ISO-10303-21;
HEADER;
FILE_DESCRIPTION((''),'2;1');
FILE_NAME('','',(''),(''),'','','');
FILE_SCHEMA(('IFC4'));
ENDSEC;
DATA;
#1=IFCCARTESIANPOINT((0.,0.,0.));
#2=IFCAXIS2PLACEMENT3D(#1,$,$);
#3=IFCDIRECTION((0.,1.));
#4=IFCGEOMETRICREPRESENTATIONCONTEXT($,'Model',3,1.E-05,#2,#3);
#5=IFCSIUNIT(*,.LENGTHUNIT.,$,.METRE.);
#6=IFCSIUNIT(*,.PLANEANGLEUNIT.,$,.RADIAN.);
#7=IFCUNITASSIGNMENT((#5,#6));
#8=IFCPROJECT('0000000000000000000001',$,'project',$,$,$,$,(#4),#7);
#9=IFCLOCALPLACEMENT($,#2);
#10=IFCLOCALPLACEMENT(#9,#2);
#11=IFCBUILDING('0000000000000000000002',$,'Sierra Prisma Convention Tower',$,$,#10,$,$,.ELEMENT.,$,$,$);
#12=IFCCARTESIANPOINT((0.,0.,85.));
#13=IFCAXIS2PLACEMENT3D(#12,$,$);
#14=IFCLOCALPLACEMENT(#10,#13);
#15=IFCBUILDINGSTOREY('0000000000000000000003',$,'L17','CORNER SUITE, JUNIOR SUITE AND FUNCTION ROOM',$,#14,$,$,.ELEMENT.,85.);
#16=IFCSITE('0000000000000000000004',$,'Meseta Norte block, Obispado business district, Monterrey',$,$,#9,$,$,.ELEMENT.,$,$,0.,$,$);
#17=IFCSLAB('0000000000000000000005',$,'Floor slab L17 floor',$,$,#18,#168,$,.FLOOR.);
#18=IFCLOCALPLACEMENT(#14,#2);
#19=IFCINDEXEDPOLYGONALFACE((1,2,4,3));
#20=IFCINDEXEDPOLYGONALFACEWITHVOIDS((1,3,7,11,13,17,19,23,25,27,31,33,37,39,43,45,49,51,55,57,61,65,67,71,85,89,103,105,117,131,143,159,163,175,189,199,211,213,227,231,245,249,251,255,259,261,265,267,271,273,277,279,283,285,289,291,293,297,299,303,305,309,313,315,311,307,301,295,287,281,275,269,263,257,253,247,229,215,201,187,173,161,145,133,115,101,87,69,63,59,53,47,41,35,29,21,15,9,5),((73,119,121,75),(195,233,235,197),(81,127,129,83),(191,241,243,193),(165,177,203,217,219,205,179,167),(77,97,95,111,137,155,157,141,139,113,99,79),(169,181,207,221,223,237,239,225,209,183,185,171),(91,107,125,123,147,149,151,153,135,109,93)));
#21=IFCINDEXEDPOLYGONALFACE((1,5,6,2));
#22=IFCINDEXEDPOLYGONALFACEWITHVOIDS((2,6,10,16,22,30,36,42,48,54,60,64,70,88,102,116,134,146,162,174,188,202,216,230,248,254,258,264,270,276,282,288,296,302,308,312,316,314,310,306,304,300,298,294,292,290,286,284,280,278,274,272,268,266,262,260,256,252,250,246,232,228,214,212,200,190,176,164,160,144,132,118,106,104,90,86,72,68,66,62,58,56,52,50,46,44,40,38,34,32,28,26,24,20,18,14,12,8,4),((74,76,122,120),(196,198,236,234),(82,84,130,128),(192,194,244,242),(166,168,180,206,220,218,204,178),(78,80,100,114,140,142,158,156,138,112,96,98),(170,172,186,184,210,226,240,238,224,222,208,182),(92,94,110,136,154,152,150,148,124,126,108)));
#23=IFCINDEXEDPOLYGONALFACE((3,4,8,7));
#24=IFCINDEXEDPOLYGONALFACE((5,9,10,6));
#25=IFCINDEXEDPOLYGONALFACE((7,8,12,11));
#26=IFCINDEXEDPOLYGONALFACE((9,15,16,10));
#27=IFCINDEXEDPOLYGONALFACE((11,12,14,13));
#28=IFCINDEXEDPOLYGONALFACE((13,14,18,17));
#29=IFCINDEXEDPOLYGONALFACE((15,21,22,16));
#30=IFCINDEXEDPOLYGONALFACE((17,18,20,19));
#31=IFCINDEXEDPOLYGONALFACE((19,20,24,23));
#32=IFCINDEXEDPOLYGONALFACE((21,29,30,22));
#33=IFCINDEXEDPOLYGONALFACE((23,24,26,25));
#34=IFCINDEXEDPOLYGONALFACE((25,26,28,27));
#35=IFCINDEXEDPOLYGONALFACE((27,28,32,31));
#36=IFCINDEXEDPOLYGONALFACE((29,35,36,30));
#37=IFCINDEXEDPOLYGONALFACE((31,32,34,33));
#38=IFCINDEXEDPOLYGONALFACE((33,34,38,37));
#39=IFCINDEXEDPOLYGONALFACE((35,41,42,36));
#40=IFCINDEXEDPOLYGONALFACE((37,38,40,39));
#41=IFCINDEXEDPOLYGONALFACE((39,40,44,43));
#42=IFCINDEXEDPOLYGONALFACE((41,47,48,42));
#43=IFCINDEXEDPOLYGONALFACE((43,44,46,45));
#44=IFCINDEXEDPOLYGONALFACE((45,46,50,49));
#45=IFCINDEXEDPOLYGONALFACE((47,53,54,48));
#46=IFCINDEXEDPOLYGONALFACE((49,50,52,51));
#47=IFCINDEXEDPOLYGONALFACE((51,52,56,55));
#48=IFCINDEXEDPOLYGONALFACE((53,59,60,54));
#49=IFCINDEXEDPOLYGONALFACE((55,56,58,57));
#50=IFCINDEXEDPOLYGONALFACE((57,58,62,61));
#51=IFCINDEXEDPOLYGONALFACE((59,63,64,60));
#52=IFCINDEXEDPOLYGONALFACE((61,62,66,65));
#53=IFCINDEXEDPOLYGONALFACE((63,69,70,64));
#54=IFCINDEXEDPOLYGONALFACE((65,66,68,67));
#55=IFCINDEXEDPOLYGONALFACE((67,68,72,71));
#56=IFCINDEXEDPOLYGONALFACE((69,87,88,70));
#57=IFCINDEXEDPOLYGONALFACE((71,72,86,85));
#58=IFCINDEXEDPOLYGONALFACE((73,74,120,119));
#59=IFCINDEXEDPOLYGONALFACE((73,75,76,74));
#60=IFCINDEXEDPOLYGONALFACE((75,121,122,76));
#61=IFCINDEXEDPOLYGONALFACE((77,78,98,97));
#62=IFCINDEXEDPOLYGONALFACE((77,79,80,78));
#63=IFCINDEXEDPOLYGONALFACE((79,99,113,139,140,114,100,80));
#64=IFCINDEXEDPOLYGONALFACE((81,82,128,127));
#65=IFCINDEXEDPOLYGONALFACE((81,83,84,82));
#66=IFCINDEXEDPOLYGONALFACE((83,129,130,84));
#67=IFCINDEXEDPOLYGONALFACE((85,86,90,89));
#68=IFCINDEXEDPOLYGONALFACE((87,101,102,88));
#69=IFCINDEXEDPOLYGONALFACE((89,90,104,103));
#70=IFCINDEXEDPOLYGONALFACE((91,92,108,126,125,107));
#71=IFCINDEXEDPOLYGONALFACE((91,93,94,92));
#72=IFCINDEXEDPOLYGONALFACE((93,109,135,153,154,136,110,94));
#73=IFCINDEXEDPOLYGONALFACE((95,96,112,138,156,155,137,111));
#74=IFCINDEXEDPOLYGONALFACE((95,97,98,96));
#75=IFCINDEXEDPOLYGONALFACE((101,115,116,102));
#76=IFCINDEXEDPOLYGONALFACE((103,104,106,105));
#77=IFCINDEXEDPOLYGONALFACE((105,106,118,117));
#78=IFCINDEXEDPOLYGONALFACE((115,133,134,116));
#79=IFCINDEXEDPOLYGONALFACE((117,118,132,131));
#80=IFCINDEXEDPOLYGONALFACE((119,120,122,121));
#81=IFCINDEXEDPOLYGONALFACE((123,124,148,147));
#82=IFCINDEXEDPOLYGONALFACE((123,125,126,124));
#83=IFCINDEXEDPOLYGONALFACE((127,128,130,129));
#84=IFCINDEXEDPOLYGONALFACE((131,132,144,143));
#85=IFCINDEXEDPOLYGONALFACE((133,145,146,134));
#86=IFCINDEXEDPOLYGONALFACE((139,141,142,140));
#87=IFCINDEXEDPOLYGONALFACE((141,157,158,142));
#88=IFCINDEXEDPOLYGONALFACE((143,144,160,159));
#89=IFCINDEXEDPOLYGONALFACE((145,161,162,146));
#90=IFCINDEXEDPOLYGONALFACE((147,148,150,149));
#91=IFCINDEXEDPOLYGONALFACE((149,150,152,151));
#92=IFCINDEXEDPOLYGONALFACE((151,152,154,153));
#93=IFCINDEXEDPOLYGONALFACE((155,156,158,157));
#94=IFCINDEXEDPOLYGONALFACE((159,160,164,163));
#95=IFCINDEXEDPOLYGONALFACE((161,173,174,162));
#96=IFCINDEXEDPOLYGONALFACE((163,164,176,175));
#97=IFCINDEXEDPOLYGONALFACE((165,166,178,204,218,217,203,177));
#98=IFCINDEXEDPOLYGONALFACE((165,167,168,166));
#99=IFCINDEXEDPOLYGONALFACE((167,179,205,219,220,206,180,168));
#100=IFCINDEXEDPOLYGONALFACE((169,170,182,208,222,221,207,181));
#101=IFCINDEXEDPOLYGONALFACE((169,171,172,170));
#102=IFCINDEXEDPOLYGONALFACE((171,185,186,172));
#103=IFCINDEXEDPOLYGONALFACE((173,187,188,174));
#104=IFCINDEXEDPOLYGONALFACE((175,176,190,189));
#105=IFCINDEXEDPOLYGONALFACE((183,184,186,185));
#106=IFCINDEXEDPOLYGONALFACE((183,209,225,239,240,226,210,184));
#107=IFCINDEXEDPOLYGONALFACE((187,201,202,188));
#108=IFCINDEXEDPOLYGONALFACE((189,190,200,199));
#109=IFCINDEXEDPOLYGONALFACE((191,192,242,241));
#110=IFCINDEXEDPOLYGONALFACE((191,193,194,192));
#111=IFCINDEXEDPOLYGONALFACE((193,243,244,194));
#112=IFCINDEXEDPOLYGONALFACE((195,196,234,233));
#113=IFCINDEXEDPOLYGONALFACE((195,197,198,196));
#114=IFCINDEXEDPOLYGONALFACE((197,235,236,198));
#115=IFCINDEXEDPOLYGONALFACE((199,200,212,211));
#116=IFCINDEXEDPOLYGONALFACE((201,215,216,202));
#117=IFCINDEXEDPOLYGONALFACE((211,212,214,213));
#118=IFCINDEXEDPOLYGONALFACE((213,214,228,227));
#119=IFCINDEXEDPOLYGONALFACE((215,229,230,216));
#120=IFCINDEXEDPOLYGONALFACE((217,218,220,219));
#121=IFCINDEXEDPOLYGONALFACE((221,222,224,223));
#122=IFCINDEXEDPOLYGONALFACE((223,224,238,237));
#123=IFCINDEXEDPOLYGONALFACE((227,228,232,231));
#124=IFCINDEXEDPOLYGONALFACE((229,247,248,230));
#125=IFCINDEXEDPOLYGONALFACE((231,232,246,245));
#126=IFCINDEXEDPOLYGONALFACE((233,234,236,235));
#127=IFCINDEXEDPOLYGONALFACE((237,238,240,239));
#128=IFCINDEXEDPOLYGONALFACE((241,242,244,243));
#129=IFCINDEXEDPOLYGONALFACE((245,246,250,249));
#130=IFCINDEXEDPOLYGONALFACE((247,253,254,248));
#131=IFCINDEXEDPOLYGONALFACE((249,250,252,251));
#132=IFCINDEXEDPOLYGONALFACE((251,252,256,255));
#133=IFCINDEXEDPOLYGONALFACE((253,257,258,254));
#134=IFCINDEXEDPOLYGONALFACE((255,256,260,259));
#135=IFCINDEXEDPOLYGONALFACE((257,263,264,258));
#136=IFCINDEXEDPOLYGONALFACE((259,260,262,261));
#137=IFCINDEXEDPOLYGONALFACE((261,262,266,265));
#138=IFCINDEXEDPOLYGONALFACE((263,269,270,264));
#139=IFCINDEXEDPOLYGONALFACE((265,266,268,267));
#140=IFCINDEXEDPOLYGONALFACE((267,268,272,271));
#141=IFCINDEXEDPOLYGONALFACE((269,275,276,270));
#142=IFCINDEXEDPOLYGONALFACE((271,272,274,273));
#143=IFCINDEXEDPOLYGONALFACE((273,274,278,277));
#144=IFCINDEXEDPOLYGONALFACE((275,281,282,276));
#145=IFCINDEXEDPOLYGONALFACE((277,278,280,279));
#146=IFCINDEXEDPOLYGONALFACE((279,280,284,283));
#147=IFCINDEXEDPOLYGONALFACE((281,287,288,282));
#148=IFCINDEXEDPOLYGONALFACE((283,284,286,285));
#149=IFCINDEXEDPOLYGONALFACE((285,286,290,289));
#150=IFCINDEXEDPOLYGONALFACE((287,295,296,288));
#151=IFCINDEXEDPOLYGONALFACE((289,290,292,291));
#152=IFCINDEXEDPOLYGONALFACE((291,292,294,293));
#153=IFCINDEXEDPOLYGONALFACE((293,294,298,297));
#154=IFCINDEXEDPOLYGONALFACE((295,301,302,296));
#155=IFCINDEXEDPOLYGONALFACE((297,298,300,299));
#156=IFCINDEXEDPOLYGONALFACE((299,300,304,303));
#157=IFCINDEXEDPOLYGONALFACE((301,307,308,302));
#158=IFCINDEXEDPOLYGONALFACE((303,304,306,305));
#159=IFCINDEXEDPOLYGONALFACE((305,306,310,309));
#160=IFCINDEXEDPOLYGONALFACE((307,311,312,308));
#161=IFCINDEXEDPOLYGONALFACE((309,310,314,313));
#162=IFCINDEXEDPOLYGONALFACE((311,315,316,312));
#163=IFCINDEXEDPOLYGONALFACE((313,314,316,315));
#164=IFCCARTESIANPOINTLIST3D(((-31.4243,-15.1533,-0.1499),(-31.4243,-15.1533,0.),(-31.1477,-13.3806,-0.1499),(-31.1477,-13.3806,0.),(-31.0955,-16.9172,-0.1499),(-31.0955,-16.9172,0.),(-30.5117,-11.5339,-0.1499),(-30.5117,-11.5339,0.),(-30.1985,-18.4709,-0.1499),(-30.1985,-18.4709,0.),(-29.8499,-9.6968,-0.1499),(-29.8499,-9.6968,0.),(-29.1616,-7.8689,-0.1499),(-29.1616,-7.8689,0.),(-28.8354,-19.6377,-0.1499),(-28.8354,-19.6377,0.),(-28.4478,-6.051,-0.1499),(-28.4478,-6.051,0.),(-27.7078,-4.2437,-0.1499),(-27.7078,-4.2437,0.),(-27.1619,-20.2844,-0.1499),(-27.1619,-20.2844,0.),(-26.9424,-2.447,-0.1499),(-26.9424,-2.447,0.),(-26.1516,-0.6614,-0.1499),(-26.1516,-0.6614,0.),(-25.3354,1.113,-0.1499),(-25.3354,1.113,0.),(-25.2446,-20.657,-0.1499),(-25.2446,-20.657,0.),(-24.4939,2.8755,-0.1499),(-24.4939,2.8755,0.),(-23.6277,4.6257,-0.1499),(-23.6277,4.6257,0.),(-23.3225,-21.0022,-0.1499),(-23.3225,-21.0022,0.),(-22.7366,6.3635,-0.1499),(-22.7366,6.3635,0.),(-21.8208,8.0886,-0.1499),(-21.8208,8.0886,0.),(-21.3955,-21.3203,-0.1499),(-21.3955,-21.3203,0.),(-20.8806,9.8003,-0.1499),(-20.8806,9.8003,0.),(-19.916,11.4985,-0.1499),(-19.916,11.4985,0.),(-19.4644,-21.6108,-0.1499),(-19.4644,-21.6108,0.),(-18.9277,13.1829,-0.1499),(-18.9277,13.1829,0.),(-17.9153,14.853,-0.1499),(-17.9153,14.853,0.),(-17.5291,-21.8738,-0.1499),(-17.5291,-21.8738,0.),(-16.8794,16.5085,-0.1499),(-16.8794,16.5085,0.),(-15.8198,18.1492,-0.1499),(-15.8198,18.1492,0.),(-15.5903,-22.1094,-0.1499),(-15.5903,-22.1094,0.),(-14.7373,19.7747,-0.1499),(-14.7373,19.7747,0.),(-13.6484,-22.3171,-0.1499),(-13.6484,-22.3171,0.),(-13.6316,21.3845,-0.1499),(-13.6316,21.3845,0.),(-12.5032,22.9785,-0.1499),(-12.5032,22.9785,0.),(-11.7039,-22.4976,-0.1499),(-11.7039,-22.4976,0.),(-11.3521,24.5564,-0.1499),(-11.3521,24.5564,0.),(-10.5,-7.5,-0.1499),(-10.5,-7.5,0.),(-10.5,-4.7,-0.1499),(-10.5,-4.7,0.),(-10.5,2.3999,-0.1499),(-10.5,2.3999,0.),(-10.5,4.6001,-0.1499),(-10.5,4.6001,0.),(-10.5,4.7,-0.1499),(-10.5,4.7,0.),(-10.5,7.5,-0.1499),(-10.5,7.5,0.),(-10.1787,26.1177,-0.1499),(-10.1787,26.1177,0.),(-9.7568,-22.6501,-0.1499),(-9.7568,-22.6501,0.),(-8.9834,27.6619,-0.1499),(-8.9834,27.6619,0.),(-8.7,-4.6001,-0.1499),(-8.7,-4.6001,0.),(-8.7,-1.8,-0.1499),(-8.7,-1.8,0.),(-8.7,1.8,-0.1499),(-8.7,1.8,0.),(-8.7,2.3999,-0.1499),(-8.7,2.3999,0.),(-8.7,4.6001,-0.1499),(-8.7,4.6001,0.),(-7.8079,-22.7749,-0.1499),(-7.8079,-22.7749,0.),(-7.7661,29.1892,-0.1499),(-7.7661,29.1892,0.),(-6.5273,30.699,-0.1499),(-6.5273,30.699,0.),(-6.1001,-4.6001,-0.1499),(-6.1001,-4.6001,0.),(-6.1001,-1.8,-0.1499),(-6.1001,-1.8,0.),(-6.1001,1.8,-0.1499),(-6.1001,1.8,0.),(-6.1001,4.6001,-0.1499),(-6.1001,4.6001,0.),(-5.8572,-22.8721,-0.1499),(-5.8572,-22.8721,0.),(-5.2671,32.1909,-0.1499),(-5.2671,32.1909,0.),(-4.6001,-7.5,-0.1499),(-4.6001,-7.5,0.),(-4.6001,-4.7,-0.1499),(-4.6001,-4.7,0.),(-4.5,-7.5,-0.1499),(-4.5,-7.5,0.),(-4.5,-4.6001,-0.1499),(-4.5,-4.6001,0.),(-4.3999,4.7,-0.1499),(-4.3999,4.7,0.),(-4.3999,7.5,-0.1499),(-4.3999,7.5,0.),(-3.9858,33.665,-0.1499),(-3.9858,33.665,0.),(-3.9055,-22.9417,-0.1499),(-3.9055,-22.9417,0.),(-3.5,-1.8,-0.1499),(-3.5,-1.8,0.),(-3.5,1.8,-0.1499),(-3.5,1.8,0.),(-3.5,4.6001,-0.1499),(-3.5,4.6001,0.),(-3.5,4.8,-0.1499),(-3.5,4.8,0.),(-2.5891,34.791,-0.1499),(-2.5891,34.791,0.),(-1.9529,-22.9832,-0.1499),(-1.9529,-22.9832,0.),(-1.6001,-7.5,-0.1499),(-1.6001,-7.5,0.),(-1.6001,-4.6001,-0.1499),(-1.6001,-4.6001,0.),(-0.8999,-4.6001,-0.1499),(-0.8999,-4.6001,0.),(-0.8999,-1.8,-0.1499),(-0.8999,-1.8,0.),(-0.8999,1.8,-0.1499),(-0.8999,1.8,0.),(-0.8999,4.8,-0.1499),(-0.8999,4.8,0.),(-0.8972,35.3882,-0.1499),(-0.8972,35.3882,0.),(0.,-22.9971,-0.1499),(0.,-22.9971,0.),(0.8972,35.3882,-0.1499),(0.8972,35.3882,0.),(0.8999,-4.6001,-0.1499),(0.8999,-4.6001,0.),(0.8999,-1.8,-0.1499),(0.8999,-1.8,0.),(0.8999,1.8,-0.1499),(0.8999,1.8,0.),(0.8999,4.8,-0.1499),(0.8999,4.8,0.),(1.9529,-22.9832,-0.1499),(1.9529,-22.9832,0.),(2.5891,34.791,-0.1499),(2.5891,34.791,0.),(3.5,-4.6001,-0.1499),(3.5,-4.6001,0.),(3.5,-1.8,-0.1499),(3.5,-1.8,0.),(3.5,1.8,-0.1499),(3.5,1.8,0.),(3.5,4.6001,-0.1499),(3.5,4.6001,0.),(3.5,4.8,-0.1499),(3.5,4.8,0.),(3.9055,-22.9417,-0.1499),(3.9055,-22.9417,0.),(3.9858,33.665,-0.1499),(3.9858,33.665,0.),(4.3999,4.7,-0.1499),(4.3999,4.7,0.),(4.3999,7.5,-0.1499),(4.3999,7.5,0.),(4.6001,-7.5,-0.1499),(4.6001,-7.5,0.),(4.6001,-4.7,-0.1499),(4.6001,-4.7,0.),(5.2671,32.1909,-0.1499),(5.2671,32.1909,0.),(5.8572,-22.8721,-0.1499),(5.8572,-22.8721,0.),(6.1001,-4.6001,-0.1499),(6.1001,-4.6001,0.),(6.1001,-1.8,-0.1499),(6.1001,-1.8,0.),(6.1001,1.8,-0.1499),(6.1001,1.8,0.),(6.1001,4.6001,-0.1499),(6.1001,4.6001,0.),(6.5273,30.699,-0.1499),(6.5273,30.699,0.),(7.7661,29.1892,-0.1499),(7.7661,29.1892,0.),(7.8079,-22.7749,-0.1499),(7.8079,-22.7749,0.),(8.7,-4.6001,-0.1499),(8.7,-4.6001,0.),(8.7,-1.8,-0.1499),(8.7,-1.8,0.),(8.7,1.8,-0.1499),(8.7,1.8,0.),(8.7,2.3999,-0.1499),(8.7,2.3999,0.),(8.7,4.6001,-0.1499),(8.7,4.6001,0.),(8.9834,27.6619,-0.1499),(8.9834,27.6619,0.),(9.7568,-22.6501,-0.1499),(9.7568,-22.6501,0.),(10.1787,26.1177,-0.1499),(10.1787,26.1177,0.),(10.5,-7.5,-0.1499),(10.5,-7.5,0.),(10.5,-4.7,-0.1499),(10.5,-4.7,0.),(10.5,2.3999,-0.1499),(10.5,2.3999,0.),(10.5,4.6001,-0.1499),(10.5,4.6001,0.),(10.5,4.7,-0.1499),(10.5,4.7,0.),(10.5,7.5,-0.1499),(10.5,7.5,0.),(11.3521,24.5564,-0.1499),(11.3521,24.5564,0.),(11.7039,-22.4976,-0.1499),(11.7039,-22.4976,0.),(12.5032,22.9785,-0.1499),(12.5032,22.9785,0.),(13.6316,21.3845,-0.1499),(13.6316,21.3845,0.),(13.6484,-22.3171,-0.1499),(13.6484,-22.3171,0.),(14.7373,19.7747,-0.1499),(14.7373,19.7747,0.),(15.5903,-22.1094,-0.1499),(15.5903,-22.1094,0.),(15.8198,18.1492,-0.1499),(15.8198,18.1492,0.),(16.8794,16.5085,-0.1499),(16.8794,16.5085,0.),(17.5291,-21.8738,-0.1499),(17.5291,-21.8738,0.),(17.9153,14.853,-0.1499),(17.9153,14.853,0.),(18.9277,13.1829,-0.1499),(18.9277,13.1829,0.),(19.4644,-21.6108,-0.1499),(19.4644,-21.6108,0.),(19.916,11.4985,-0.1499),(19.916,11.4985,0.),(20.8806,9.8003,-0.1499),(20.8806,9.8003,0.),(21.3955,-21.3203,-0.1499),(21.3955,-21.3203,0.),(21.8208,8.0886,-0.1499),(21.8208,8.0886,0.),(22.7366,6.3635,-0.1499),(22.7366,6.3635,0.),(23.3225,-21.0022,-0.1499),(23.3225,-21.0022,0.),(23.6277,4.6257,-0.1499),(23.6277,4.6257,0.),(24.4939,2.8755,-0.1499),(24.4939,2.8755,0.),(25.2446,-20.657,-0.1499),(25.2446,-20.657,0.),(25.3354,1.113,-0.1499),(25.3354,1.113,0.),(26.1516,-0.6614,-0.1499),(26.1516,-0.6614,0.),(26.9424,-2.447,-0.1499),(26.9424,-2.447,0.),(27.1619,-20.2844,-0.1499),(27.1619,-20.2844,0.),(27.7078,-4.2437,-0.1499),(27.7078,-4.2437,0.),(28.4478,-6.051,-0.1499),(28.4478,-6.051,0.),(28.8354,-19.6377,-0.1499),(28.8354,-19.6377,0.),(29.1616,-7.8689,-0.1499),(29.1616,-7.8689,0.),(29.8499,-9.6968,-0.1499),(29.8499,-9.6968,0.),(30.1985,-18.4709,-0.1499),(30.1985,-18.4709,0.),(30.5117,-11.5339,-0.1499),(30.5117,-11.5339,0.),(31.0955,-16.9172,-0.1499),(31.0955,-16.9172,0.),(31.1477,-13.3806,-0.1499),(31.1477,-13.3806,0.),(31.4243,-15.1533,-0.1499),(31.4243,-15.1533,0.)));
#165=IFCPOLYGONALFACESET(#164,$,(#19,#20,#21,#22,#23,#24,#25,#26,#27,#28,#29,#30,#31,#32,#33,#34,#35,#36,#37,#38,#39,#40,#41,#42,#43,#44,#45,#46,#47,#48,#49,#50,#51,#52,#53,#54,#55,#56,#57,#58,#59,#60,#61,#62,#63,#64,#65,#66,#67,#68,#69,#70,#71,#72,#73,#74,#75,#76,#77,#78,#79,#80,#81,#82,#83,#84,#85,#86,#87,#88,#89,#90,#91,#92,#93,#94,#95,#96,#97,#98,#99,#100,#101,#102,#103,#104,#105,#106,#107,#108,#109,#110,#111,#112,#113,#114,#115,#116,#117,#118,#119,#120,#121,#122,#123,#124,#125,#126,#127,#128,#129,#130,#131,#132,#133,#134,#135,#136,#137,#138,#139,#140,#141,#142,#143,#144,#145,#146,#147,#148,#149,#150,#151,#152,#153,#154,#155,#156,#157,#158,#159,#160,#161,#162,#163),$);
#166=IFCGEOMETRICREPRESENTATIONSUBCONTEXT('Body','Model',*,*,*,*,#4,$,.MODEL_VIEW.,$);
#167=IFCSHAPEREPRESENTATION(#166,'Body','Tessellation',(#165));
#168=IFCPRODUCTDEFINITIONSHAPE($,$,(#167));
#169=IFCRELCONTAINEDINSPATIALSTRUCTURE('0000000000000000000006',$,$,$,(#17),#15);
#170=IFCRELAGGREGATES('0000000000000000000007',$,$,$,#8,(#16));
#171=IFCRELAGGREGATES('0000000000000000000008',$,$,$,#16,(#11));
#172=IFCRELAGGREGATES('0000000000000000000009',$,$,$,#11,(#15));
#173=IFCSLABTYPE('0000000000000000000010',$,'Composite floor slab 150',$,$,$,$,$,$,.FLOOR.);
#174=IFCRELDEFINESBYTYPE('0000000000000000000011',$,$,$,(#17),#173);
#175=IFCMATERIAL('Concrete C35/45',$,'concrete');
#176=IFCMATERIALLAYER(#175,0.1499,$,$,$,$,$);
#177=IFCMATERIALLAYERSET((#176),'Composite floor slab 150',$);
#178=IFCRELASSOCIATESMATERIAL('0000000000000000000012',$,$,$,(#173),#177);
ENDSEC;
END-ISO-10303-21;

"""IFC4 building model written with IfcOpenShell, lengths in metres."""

from ifc_helpers import new_model, si_unit, direction, frame, origin, place, context, subcontext, project, spatial, polyline, outline, extrude, material, layer, layer_set, type_object, element, save


model = new_model("IFC4")

# Units and contexts
model_context = context("Model", 3, precision=1e-05, world=origin(), true_north=direction((0.0, 1.0)))
body_context = subcontext(model_context, "Body", "Model", "MODEL_VIEW")
ifc_project = project(units=[si_unit("LENGTHUNIT", "METRE"), si_unit("PLANEANGLEUNIT", "RADIAN")], contexts=[model_context])

# Site, building, storey
site_placement = place(None, origin())
site = spatial("IfcSite", under=ifc_project, at=site_placement, Name="Meseta Norte block, Obispado business district, Monterrey", CompositionType="ELEMENT", RefElevation=0.0)
building_placement = place(site_placement, origin())
building = spatial("IfcBuilding", under=site, at=building_placement, Name="Sierra Prisma Convention Tower", CompositionType="ELEMENT")
storey_placement = place(building_placement, frame((0.0, 0.0, 85.0)))
storey = spatial("IfcBuildingStorey", under=building, at=storey_placement, Name="L17", Description="CORNER SUITE, JUNIOR SUITE AND FUNCTION ROOM", CompositionType="ELEMENT", Elevation=85.0)

# Slab
ifc_material_1 = material(Name="Concrete C35/45", Category="concrete")
ifc_layer_1 = layer(ifc_material_1, 0.1499)
ifc_layer_set_1 = layer_set([ifc_layer_1], Name="Composite floor slab 150")
slab_type_1 = type_object("IfcSlabType", Name="Composite floor slab 150", PredefinedType="FLOOR", material=ifc_layer_set_1)
slab_1_placement = place(storey_placement, frame((0.0, 0.0, -0.1499)))
element("IfcSlab", 1, at=slab_1_placement, inside=storey, type_object=slab_type_1, Name="Floor slab L17 floor", PredefinedType="FLOOR", context=body_context, shape_type="SweptSolid", body=[
    extrude(outline(polyline([(-27.1619, -20.2844), (-25.2446, -20.657), (-23.3225, -21.0022), (-21.3955, -21.3203), (-19.4644, -21.6108), (-17.5291, -21.8738), (-15.5903, -22.1094), (-13.6484, -22.3171), (-11.7039, -22.4976), (-9.7568, -22.6501), (-7.8079, -22.7749), (-5.8572, -22.8721), (-3.9055, -22.9417), (-1.9529, -22.9832), (0.0, -22.9971), (1.9529, -22.9832), (3.9055, -22.9417), (5.8572, -22.8721), (7.8079, -22.7749), (9.7568, -22.6501), (11.7039, -22.4976), (13.6484, -22.3171), (15.5903, -22.1094), (17.5291, -21.8738), (19.4644, -21.6108), (21.3955, -21.3203), (23.3225, -21.0022), (25.2446, -20.657), (27.1619, -20.2844), (28.8354, -19.6377), (30.1985, -18.4709), (31.0955, -16.9172), (31.4243, -15.1533), (31.1477, -13.3806), (30.5117, -11.5339), (29.8499, -9.6968), (29.1616, -7.8689), (28.4478, -6.051), (27.7078, -4.2437), (26.9424, -2.447), (26.1516, -0.6614), (25.3354, 1.113), (24.4939, 2.8755), (23.6277, 4.6257), (22.7366, 6.3635), (21.8208, 8.0886), (20.8806, 9.8003), (19.916, 11.4985), (18.9277, 13.1829), (17.9153, 14.853), (16.8794, 16.5085), (15.8198, 18.1492), (14.7373, 19.7747), (13.6316, 21.3845), (12.5032, 22.9785), (11.3521, 24.5564), (10.1787, 26.1177), (8.9834, 27.6619), (7.7661, 29.1892), (6.5273, 30.699), (5.2671, 32.1909), (3.9858, 33.665), (2.5891, 34.791), (0.8972, 35.3882), (-0.8972, 35.3882), (-2.5891, 34.791), (-3.9858, 33.665), (-5.2671, 32.1909), (-6.5273, 30.699), (-7.7661, 29.1892), (-8.9834, 27.6619), (-10.1787, 26.1177), (-11.3521, 24.5564), (-12.5032, 22.9785), (-13.6316, 21.3845), (-14.7373, 19.7747), (-15.8198, 18.1492), (-16.8794, 16.5085), (-17.9153, 14.853), (-18.9277, 13.1829), (-19.916, 11.4985), (-20.8806, 9.8003), (-21.8208, 8.0886), (-22.7366, 6.3635), (-23.6277, 4.6257), (-24.4939, 2.8755), (-25.3354, 1.113), (-26.1516, -0.6614), (-26.9424, -2.447), (-27.7078, -4.2437), (-28.4478, -6.051), (-29.1616, -7.8689), (-29.8499, -9.6968), (-30.5117, -11.5339), (-31.1477, -13.3806), (-31.4243, -15.1533), (-31.0955, -16.9172), (-30.1985, -18.4709), (-28.8354, -19.6377), (-27.1619, -20.2844)]), holes=[polyline([(-4.6001, -7.5), (-10.5, -7.5), (-10.5, -4.7), (-4.6001, -4.7), (-4.6001, -7.5)]), polyline([(-8.7, -4.6001), (-8.7, -1.8), (-6.1001, -1.8), (-3.5, -1.8), (-0.8999, -1.8), (-0.8999, -4.6001), (-1.6001, -4.6001), (-1.6001, -7.5), (-4.5, -7.5), (-4.5, -4.6001), (-6.1001, -4.6001), (-8.7, -4.6001)]), polyline([(-10.5, 4.6001), (-8.7, 4.6001), (-6.1001, 4.6001), (-3.5, 4.6001), (-3.5, 4.8), (-0.8999, 4.8), (-0.8999, 1.8), (-3.5, 1.8), (-6.1001, 1.8), (-8.7, 1.8), (-8.7, 2.3999), (-10.5, 2.3999), (-10.5, 4.6001)]), polyline([(-4.3999, 4.7), (-10.5, 4.7), (-10.5, 7.5), (-4.3999, 7.5), (-4.3999, 4.7)]), polyline([(10.5, -7.5), (4.6001, -7.5), (4.6001, -4.7), (10.5, -4.7), (10.5, -7.5)]), polyline([(6.1001, -1.8), (8.7, -1.8), (8.7, -4.6001), (6.1001, -4.6001), (3.5, -4.6001), (0.8999, -4.6001), (0.8999, -1.8), (3.5, -1.8), (6.1001, -1.8)]), polyline([(10.5, 4.6001), (10.5, 2.3999), (8.7, 2.3999), (8.7, 1.8), (6.1001, 1.8), (3.5, 1.8), (0.8999, 1.8), (0.8999, 4.8), (3.5, 4.8), (3.5, 4.6001), (6.1001, 4.6001), (8.7, 4.6001), (10.5, 4.6001)]), polyline([(4.3999, 4.7), (4.3999, 7.5), (10.5, 7.5), (10.5, 4.7), (4.3999, 4.7)])]), origin(), (0.0, 0.0, 1.0), 0.1499),
])

save(model, "model.ifc")
